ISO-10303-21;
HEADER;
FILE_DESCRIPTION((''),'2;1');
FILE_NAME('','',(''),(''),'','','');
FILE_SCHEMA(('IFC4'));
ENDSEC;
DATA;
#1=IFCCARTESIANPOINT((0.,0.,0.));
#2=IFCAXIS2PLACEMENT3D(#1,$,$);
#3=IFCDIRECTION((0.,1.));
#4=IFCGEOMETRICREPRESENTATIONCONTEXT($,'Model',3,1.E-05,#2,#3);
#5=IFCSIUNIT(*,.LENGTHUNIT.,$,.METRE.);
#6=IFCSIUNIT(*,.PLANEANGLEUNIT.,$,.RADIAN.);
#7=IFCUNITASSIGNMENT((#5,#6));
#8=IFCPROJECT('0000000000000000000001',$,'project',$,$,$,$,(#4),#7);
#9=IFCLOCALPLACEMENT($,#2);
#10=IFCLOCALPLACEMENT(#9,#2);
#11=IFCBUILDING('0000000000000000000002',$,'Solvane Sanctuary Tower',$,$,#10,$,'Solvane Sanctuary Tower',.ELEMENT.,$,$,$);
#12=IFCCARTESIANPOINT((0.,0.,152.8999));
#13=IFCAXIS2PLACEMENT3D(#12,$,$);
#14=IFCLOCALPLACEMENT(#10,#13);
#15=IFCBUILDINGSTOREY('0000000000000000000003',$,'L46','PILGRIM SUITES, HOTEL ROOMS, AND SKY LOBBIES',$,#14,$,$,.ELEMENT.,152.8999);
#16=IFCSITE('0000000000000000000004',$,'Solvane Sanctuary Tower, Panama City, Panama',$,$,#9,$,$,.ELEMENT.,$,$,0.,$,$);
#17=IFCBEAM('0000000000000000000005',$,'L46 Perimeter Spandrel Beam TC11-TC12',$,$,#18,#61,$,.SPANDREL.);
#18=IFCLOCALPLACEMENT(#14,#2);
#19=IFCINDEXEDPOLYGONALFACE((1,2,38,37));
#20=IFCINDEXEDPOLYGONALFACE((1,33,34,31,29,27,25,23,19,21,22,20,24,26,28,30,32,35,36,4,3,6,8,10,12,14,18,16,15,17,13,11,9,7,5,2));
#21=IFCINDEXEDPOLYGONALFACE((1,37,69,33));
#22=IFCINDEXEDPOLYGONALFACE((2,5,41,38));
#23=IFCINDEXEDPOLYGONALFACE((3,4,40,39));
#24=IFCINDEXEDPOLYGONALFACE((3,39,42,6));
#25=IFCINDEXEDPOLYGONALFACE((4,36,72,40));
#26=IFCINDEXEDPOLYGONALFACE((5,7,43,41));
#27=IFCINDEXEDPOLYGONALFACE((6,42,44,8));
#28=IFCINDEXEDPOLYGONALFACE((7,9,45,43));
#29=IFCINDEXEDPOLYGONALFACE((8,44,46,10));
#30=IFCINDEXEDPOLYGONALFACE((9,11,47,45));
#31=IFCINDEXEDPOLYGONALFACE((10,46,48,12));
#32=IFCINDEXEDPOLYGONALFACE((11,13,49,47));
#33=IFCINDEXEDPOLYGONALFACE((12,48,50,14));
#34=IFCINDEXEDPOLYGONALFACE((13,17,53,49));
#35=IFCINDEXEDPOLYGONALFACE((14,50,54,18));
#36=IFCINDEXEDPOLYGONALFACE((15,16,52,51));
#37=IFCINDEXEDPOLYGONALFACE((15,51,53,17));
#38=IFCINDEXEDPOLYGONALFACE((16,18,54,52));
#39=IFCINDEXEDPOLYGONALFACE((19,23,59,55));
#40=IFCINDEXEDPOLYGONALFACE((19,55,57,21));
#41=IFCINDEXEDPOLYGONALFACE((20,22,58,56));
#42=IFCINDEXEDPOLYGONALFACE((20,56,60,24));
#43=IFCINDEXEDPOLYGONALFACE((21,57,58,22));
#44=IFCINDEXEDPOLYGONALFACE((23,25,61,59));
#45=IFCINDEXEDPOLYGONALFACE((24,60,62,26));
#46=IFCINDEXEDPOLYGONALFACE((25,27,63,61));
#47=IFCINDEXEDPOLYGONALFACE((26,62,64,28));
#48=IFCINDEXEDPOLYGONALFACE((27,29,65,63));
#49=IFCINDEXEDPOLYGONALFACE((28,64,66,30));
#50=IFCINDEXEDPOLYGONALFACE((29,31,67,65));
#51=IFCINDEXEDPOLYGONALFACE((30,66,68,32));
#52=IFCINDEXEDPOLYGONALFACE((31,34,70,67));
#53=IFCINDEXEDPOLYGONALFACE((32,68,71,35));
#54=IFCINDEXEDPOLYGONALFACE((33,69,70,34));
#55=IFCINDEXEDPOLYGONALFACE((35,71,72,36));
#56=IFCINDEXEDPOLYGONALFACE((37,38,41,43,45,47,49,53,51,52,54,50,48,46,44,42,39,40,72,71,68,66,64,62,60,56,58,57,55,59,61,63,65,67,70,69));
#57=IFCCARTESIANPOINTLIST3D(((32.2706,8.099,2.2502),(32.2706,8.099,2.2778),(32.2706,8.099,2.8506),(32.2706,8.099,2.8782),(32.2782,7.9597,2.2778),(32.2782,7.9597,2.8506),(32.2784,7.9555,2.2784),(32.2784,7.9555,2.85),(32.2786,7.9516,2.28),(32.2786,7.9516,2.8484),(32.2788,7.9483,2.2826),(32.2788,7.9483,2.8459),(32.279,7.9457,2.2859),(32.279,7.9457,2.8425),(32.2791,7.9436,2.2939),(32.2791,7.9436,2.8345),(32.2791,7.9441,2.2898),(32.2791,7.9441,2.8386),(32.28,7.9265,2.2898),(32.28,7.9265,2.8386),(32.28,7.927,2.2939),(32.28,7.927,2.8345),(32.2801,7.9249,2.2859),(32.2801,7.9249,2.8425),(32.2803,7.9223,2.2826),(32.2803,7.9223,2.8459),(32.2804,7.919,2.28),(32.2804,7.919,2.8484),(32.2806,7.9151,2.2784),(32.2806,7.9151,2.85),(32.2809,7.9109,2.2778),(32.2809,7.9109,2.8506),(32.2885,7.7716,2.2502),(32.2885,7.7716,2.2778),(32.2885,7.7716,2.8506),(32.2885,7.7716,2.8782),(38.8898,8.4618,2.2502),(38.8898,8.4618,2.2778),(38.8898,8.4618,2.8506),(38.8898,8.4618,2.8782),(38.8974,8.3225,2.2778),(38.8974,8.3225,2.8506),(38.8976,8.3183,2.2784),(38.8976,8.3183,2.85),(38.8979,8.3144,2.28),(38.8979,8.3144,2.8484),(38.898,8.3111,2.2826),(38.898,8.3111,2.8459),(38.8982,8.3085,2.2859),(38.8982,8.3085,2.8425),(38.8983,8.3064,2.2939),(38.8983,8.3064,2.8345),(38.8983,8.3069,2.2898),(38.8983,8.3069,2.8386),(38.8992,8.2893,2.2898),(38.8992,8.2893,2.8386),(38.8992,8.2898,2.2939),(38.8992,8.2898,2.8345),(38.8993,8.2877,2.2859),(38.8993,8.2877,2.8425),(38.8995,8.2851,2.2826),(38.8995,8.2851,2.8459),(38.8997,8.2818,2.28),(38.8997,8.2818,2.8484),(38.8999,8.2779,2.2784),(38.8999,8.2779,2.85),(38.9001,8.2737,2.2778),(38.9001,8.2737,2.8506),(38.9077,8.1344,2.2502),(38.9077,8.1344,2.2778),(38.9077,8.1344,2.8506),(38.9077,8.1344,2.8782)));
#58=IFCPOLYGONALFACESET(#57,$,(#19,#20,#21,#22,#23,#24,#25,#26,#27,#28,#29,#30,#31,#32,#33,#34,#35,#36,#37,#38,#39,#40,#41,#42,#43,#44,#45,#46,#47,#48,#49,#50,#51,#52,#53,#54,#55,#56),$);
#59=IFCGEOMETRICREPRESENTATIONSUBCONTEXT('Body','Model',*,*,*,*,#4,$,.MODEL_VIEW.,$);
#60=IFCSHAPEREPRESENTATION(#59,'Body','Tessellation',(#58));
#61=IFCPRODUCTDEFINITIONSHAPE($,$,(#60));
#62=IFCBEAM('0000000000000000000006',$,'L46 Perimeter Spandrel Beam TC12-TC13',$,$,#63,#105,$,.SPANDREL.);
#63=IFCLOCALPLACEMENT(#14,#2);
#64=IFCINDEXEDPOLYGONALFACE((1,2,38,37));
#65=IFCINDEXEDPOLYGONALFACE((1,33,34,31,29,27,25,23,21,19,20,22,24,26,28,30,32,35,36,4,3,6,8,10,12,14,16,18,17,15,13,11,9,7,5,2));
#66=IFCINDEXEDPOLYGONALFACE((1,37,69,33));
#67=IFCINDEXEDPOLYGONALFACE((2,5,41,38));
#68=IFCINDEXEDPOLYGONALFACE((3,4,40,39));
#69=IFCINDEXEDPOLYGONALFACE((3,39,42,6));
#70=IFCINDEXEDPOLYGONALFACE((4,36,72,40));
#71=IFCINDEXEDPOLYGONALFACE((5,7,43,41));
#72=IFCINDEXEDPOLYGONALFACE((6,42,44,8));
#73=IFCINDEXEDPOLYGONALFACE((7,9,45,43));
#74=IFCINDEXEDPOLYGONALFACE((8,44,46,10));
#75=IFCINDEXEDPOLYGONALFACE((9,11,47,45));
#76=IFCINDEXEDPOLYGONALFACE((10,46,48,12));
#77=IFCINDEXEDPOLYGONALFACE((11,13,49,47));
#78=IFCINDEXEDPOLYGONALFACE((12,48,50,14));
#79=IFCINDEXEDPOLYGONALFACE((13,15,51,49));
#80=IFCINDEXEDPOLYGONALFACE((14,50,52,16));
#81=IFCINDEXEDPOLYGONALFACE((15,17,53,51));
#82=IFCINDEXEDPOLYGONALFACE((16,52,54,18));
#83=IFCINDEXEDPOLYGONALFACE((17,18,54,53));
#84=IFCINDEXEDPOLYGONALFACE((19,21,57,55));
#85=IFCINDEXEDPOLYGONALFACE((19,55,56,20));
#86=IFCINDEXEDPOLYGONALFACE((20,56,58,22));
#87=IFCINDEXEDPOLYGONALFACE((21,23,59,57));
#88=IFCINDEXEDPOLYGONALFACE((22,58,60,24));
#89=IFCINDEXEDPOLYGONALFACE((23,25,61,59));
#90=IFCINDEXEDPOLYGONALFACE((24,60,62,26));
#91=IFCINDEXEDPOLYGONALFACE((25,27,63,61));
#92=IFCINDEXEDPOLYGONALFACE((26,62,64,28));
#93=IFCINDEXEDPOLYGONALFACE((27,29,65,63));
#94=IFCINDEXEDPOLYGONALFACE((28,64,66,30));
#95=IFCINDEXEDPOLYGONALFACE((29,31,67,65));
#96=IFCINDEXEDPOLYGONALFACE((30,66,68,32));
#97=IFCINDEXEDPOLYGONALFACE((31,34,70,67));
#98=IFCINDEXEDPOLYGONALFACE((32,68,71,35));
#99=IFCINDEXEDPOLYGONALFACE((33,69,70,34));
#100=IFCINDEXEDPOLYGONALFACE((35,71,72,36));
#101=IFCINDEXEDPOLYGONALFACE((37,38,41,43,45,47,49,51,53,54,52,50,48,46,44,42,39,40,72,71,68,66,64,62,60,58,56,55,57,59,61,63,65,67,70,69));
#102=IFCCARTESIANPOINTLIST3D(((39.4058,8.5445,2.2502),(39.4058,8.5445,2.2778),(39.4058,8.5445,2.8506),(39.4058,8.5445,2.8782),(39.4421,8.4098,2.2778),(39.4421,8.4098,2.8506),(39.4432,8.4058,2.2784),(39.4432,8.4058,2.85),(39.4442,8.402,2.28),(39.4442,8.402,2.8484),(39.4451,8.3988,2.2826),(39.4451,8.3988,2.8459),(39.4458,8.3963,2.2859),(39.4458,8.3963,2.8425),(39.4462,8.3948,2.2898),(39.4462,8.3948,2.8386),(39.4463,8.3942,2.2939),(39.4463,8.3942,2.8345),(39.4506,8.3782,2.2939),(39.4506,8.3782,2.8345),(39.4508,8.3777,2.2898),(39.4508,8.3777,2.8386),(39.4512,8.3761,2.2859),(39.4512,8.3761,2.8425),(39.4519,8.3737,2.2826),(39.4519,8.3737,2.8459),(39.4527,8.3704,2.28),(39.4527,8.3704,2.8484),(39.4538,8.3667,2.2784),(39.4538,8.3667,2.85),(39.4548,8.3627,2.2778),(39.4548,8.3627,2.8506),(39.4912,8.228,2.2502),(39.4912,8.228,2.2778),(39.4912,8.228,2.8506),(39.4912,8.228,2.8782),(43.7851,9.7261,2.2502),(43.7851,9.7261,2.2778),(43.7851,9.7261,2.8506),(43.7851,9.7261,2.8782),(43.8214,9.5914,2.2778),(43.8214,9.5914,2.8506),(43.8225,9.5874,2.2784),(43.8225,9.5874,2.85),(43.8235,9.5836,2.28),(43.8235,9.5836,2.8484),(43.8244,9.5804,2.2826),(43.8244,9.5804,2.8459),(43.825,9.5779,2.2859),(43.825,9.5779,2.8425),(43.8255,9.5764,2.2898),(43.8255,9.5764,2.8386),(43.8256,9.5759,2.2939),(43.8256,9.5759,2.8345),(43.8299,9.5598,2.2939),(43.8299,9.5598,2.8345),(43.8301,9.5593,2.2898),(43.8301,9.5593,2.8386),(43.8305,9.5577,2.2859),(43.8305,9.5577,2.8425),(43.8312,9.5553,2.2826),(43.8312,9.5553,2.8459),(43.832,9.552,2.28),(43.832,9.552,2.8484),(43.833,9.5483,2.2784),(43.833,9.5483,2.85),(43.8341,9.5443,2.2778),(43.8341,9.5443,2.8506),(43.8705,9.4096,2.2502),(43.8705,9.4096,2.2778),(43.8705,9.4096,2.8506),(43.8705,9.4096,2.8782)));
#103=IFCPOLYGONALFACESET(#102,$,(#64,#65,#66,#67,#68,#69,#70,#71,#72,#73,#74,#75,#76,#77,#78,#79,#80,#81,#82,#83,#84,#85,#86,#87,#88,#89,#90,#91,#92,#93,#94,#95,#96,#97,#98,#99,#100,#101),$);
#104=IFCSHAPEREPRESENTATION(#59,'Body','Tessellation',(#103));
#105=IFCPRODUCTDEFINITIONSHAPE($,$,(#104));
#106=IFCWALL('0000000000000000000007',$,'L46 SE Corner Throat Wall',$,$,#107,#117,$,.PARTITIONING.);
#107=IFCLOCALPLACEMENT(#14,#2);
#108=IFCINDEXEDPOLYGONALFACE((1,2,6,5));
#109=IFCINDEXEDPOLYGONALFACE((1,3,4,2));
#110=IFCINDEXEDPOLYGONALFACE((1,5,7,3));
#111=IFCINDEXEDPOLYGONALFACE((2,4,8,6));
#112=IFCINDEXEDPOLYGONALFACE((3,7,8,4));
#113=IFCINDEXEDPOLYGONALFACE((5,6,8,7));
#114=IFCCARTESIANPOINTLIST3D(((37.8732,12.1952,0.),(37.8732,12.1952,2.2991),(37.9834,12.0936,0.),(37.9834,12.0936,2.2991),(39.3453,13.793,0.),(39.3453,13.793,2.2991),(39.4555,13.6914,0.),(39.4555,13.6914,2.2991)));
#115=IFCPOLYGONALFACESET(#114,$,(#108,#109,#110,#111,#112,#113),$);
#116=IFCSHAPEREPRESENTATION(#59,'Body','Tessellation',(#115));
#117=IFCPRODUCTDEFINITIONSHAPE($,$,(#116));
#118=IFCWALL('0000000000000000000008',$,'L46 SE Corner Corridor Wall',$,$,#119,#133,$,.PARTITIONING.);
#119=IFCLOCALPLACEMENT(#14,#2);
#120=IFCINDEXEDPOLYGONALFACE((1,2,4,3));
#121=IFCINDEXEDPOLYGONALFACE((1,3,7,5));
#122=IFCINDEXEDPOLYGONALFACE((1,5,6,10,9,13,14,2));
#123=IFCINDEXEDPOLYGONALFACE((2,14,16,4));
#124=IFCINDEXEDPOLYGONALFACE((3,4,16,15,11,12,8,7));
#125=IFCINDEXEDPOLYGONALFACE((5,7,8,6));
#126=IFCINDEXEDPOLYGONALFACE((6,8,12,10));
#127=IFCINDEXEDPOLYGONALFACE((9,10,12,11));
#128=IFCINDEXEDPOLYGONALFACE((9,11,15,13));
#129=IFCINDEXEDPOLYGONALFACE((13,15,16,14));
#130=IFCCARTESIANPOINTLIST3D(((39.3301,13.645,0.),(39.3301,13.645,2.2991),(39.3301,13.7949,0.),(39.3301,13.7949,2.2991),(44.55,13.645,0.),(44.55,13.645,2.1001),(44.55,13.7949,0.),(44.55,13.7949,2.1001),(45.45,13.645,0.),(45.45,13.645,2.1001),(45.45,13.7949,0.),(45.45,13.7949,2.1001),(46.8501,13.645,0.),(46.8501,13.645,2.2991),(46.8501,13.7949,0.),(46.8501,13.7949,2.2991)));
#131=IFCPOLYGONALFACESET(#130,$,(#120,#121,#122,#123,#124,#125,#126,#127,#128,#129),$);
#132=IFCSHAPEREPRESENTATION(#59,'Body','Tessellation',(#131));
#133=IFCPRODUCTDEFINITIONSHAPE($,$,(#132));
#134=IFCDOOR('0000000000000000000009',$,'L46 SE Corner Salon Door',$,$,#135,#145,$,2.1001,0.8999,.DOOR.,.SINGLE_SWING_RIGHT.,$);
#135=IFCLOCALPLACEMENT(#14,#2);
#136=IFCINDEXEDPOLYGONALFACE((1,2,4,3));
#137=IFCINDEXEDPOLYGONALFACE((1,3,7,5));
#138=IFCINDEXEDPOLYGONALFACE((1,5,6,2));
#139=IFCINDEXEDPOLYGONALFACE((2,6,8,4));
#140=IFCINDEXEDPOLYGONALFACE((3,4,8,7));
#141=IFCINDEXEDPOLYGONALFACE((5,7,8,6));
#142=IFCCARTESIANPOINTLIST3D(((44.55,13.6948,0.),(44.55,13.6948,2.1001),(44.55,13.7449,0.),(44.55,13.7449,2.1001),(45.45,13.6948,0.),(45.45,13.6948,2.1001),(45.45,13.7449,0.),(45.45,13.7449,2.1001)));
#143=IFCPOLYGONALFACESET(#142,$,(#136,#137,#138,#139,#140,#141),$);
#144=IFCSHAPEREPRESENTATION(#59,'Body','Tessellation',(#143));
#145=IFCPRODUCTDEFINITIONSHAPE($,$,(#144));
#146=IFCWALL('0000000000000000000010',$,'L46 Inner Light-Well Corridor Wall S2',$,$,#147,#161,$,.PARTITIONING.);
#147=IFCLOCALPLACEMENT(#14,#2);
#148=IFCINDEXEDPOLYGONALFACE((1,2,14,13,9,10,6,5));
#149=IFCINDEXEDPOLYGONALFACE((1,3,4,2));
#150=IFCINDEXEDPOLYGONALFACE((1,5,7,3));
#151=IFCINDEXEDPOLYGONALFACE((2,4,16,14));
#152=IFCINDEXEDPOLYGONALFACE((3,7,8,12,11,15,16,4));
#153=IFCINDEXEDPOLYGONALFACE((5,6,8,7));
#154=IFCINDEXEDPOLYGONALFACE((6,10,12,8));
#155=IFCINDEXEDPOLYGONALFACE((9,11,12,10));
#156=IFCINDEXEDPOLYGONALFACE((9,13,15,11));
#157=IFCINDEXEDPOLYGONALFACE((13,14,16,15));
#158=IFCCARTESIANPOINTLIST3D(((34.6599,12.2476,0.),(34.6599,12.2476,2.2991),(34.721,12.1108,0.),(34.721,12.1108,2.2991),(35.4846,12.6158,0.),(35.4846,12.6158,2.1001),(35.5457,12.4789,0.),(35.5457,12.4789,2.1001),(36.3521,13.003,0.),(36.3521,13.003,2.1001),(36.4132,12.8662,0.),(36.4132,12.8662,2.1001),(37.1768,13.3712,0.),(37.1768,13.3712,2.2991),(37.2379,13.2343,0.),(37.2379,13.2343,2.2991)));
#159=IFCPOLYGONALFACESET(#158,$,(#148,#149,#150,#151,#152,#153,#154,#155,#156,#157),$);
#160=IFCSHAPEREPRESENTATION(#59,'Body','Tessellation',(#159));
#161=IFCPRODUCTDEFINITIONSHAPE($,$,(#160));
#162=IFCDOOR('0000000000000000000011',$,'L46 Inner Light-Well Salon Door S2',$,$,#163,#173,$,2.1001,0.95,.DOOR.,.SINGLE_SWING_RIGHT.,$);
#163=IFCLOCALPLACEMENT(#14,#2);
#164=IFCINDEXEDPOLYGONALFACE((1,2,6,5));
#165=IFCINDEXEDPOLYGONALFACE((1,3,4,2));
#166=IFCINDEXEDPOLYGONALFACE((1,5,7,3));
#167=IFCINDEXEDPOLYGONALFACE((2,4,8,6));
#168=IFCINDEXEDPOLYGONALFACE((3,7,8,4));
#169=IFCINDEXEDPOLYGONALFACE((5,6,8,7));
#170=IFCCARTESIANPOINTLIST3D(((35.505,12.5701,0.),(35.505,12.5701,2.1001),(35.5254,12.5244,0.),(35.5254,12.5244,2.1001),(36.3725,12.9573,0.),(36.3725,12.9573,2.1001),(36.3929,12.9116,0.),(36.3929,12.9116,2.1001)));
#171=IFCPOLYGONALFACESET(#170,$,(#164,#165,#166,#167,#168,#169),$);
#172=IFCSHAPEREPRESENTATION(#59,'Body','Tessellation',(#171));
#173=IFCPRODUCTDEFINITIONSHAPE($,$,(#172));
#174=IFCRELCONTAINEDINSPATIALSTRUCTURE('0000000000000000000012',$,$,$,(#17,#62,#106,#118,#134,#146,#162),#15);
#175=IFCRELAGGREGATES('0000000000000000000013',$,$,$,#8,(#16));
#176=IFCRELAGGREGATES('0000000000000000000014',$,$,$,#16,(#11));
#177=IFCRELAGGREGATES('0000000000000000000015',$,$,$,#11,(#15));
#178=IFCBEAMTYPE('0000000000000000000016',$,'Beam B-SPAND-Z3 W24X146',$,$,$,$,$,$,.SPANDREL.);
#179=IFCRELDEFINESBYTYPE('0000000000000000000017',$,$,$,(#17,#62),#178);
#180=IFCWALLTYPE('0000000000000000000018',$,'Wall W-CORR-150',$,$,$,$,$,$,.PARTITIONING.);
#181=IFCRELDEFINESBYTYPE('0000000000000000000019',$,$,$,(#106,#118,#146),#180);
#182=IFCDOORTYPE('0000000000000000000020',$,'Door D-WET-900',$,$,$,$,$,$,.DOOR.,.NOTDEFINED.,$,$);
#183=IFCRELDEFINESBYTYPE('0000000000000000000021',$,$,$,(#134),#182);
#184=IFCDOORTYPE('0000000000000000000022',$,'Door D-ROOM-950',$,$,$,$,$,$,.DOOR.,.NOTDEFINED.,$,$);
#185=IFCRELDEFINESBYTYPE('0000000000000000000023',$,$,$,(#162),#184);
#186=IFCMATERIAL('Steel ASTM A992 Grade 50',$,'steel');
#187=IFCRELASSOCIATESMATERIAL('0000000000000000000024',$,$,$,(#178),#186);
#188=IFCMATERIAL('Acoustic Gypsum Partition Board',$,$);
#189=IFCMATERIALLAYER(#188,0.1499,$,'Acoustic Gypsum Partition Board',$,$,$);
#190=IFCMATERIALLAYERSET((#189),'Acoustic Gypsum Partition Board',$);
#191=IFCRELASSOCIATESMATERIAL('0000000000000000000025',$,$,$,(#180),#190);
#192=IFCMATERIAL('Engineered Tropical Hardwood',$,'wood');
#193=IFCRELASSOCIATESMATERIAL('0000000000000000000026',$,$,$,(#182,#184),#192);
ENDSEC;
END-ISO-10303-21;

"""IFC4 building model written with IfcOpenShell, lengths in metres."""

from ifc_helpers import new_model, si_unit, direction, frame, frame_2d, origin, origin_2d, place, context, subcontext, project, spatial, rectangle, i_section, extrude, material, layer, layer_set, material_profile, profile_set, type_object, element, fill, save


model = new_model("IFC4")

# Units and contexts
model_context = context("Model", 3, precision=1e-05, world=origin(), true_north=direction((0.0, 1.0)))
body_context = subcontext(model_context, "Body", "Model", "MODEL_VIEW")
ifc_project = project(units=[si_unit("LENGTHUNIT", "METRE"), si_unit("PLANEANGLEUNIT", "RADIAN")], contexts=[model_context])

# Site, building, storey
site_placement = place(None, origin())
site = spatial("IfcSite", under=ifc_project, at=site_placement, Name="Solvane Sanctuary Tower, Panama City, Panama", CompositionType="ELEMENT", RefElevation=0.0)
building_placement = place(site_placement, origin())
building = spatial("IfcBuilding", under=site, at=building_placement, Name="Solvane Sanctuary Tower", LongName="Solvane Sanctuary Tower", CompositionType="ELEMENT")
storey_placement = place(building_placement, frame((0.0, 0.0, 152.8999)))
storey = spatial("IfcBuildingStorey", under=building, at=storey_placement, Name="L46", Description="PILGRIM SUITES, HOTEL ROOMS, AND SKY LOBBIES", CompositionType="ELEMENT", Elevation=152.8999)

# Beams
ifc_material_1 = material(Name="Steel ASTM A992 Grade 50", Category="steel")
ifc_material_profile_1 = material_profile(ifc_material_1, i_section(OverallWidth=0.3279, OverallDepth=0.6279, WebThickness=0.0166, FlangeThickness=0.0276, FilletRadius=0.0161, at=origin_2d()), Name="W24X146")
ifc_profile_set_1 = profile_set([ifc_material_profile_1], Name="Steel ASTM A992 Grade 50")
beam_type_1 = type_object("IfcBeamType", Name="Beam B-SPAND-Z3 W24X146", PredefinedType="SPANDREL", material=ifc_profile_set_1)
beam_1_placement = place(storey_placement, frame((32.2795, 7.9353, 2.5642), z_axis=(0.998501, 0.054728, 0.0), x_axis=(-0.054728, 0.998501, 0.0)))
element("IfcBeam", 1, at=beam_1_placement, inside=storey, type_object=beam_type_1, Name="L46 Perimeter Spandrel Beam TC11-TC12", PredefinedType="SPANDREL", context=body_context, shape_type="SweptSolid", body=[
    extrude(i_section(OverallWidth=0.3279, OverallDepth=0.6279, WebThickness=0.0166, FlangeThickness=0.0276, FilletRadius=0.0161, at=origin_2d()), origin(), (0.0, 0.0, 1.0), 6.6292),
])
beam_2_placement = place(storey_placement, frame((39.4485, 8.3862, 2.5642), z_axis=(0.965473, 0.260502, 0.0), x_axis=(-0.260502, 0.965473, 0.0)))
element("IfcBeam", 2, at=beam_2_placement, inside=storey, type_object=beam_type_1, Name="L46 Perimeter Spandrel Beam TC12-TC13", PredefinedType="SPANDREL", context=body_context, shape_type="SweptSolid", body=[
    extrude(i_section(OverallWidth=0.3279, OverallDepth=0.6279, WebThickness=0.0166, FlangeThickness=0.0276, FilletRadius=0.0161, at=origin_2d()), origin(), (0.0, 0.0, 1.0), 4.5359),
])

# Wall
ifc_material_2 = material(Name="Acoustic Gypsum Partition Board")
ifc_layer_1 = layer(ifc_material_2, 0.1499, Name="Acoustic Gypsum Partition Board")
ifc_layer_set_1 = layer_set([ifc_layer_1], Name="Acoustic Gypsum Partition Board")
wall_type_1 = type_object("IfcWallType", Name="Wall W-CORR-150", PredefinedType="PARTITIONING", material=ifc_layer_set_1)
wall_1_placement = place(storey_placement, frame((37.9282, 12.1443, 0.0), z_axis=(0.0, 0.0, 1.0), x_axis=(0.67758, 0.735449, 0.0)))
element("IfcWall", 3, at=wall_1_placement, inside=storey, type_object=wall_type_1, Name="L46 SE Corner Throat Wall", PredefinedType="PARTITIONING", context=body_context, shape_type="SweptSolid", body=[
    extrude(rectangle(XDim=2.1726, YDim=0.1499, at=frame_2d((1.0864, 0.0))), origin(), (0.0, 0.0, 1.0), 2.2991),
])

# Walls, openings, doors
wall_2_placement = place(storey_placement, frame((39.3301, 13.72, 0.0), z_axis=(0.0, 0.0, 1.0), x_axis=(1.0, 0.0, 0.0)))
wall_2 = element("IfcWall", 4, at=wall_2_placement, inside=storey, type_object=wall_type_1, Name="L46 SE Corner Corridor Wall", PredefinedType="PARTITIONING", context=body_context, shape_type="SweptSolid", body=[
    extrude(rectangle(XDim=7.52, YDim=0.1499, at=frame_2d((3.76, 0.0))), origin(), (0.0, 0.0, 1.0), 2.2991),
])
opening_1_placement = place(wall_2_placement, frame((5.22, 0.0, 0.0)))
opening_1 = element("IfcOpeningElement", 5, at=opening_1_placement, cuts=wall_2, PredefinedType="OPENING", context=body_context, shape_type="SweptSolid", body=[
    extrude(rectangle(XDim=0.8999, YDim=2.1001, at=frame_2d((0.45, 1.05))), frame((0.0, 0.085, 0.0), z_axis=(0.0, -1.0, 0.0), x_axis=(1.0, 0.0, 0.0)), (0.0, 0.0, 1.0), 0.1699),
])
ifc_material_3 = material(Name="Engineered Tropical Hardwood", Category="wood")
door_type_1 = type_object("IfcDoorType", Name="Door D-WET-900", OperationType="NOTDEFINED", PredefinedType="DOOR", material=ifc_material_3)
door_1_placement = place(opening_1_placement, origin())
door_1 = element("IfcDoor", 6, at=door_1_placement, inside=storey, type_object=door_type_1, Name="L46 SE Corner Salon Door", OperationType="SINGLE_SWING_RIGHT", OverallHeight=2.1001, OverallWidth=0.8999, PredefinedType="DOOR", context=body_context, shape_type="SweptSolid", body=[
    extrude(rectangle(XDim=0.8999, YDim=2.1001, at=frame_2d((0.45, 1.05))), frame((0.0, 0.0249, 0.0), z_axis=(0.0, -1.0, 0.0), x_axis=(1.0, 0.0, 0.0)), (0.0, 0.0, 1.0), 0.05),
])
fill(opening_1, door_1)
wall_3_placement = place(storey_placement, frame((34.6904, 12.1792, 0.0), z_axis=(0.0, 0.0, 1.0), x_axis=(0.913146, 0.407634, 0.0)))
wall_3 = element("IfcWall", 7, at=wall_3_placement, inside=storey, type_object=wall_type_1, Name="L46 Inner Light-Well Corridor Wall S2", PredefinedType="PARTITIONING", context=body_context, shape_type="SweptSolid", body=[
    extrude(rectangle(XDim=2.7563, YDim=0.1499, at=frame_2d((1.3782, 0.0))), origin(), (0.0, 0.0, 1.0), 2.2991),
])
opening_2_placement = place(wall_3_placement, frame((0.9031, 0.0, 0.0)))
opening_2 = element("IfcOpeningElement", 8, at=opening_2_placement, cuts=wall_3, PredefinedType="OPENING", context=body_context, shape_type="SweptSolid", body=[
    extrude(rectangle(XDim=0.95, YDim=2.1001, at=frame_2d((0.4751, 1.05))), frame((0.0, 0.085, 0.0), z_axis=(0.0, -1.0, 0.0), x_axis=(1.0, 0.0, 0.0)), (0.0, 0.0, 1.0), 0.1699),
])
door_type_2 = type_object("IfcDoorType", Name="Door D-ROOM-950", OperationType="NOTDEFINED", PredefinedType="DOOR", material=ifc_material_3)
door_2_placement = place(opening_2_placement, origin())
door_2 = element("IfcDoor", 9, at=door_2_placement, inside=storey, type_object=door_type_2, Name="L46 Inner Light-Well Salon Door S2", OperationType="SINGLE_SWING_RIGHT", OverallHeight=2.1001, OverallWidth=0.95, PredefinedType="DOOR", context=body_context, shape_type="SweptSolid", body=[
    extrude(rectangle(XDim=0.95, YDim=2.1001, at=frame_2d((0.4751, 1.05))), frame((0.0, 0.0249, 0.0), z_axis=(0.0, -1.0, 0.0), x_axis=(1.0, 0.0, 0.0)), (0.0, 0.0, 1.0), 0.05),
])
fill(opening_2, door_2)

save(model, "model.ifc")
